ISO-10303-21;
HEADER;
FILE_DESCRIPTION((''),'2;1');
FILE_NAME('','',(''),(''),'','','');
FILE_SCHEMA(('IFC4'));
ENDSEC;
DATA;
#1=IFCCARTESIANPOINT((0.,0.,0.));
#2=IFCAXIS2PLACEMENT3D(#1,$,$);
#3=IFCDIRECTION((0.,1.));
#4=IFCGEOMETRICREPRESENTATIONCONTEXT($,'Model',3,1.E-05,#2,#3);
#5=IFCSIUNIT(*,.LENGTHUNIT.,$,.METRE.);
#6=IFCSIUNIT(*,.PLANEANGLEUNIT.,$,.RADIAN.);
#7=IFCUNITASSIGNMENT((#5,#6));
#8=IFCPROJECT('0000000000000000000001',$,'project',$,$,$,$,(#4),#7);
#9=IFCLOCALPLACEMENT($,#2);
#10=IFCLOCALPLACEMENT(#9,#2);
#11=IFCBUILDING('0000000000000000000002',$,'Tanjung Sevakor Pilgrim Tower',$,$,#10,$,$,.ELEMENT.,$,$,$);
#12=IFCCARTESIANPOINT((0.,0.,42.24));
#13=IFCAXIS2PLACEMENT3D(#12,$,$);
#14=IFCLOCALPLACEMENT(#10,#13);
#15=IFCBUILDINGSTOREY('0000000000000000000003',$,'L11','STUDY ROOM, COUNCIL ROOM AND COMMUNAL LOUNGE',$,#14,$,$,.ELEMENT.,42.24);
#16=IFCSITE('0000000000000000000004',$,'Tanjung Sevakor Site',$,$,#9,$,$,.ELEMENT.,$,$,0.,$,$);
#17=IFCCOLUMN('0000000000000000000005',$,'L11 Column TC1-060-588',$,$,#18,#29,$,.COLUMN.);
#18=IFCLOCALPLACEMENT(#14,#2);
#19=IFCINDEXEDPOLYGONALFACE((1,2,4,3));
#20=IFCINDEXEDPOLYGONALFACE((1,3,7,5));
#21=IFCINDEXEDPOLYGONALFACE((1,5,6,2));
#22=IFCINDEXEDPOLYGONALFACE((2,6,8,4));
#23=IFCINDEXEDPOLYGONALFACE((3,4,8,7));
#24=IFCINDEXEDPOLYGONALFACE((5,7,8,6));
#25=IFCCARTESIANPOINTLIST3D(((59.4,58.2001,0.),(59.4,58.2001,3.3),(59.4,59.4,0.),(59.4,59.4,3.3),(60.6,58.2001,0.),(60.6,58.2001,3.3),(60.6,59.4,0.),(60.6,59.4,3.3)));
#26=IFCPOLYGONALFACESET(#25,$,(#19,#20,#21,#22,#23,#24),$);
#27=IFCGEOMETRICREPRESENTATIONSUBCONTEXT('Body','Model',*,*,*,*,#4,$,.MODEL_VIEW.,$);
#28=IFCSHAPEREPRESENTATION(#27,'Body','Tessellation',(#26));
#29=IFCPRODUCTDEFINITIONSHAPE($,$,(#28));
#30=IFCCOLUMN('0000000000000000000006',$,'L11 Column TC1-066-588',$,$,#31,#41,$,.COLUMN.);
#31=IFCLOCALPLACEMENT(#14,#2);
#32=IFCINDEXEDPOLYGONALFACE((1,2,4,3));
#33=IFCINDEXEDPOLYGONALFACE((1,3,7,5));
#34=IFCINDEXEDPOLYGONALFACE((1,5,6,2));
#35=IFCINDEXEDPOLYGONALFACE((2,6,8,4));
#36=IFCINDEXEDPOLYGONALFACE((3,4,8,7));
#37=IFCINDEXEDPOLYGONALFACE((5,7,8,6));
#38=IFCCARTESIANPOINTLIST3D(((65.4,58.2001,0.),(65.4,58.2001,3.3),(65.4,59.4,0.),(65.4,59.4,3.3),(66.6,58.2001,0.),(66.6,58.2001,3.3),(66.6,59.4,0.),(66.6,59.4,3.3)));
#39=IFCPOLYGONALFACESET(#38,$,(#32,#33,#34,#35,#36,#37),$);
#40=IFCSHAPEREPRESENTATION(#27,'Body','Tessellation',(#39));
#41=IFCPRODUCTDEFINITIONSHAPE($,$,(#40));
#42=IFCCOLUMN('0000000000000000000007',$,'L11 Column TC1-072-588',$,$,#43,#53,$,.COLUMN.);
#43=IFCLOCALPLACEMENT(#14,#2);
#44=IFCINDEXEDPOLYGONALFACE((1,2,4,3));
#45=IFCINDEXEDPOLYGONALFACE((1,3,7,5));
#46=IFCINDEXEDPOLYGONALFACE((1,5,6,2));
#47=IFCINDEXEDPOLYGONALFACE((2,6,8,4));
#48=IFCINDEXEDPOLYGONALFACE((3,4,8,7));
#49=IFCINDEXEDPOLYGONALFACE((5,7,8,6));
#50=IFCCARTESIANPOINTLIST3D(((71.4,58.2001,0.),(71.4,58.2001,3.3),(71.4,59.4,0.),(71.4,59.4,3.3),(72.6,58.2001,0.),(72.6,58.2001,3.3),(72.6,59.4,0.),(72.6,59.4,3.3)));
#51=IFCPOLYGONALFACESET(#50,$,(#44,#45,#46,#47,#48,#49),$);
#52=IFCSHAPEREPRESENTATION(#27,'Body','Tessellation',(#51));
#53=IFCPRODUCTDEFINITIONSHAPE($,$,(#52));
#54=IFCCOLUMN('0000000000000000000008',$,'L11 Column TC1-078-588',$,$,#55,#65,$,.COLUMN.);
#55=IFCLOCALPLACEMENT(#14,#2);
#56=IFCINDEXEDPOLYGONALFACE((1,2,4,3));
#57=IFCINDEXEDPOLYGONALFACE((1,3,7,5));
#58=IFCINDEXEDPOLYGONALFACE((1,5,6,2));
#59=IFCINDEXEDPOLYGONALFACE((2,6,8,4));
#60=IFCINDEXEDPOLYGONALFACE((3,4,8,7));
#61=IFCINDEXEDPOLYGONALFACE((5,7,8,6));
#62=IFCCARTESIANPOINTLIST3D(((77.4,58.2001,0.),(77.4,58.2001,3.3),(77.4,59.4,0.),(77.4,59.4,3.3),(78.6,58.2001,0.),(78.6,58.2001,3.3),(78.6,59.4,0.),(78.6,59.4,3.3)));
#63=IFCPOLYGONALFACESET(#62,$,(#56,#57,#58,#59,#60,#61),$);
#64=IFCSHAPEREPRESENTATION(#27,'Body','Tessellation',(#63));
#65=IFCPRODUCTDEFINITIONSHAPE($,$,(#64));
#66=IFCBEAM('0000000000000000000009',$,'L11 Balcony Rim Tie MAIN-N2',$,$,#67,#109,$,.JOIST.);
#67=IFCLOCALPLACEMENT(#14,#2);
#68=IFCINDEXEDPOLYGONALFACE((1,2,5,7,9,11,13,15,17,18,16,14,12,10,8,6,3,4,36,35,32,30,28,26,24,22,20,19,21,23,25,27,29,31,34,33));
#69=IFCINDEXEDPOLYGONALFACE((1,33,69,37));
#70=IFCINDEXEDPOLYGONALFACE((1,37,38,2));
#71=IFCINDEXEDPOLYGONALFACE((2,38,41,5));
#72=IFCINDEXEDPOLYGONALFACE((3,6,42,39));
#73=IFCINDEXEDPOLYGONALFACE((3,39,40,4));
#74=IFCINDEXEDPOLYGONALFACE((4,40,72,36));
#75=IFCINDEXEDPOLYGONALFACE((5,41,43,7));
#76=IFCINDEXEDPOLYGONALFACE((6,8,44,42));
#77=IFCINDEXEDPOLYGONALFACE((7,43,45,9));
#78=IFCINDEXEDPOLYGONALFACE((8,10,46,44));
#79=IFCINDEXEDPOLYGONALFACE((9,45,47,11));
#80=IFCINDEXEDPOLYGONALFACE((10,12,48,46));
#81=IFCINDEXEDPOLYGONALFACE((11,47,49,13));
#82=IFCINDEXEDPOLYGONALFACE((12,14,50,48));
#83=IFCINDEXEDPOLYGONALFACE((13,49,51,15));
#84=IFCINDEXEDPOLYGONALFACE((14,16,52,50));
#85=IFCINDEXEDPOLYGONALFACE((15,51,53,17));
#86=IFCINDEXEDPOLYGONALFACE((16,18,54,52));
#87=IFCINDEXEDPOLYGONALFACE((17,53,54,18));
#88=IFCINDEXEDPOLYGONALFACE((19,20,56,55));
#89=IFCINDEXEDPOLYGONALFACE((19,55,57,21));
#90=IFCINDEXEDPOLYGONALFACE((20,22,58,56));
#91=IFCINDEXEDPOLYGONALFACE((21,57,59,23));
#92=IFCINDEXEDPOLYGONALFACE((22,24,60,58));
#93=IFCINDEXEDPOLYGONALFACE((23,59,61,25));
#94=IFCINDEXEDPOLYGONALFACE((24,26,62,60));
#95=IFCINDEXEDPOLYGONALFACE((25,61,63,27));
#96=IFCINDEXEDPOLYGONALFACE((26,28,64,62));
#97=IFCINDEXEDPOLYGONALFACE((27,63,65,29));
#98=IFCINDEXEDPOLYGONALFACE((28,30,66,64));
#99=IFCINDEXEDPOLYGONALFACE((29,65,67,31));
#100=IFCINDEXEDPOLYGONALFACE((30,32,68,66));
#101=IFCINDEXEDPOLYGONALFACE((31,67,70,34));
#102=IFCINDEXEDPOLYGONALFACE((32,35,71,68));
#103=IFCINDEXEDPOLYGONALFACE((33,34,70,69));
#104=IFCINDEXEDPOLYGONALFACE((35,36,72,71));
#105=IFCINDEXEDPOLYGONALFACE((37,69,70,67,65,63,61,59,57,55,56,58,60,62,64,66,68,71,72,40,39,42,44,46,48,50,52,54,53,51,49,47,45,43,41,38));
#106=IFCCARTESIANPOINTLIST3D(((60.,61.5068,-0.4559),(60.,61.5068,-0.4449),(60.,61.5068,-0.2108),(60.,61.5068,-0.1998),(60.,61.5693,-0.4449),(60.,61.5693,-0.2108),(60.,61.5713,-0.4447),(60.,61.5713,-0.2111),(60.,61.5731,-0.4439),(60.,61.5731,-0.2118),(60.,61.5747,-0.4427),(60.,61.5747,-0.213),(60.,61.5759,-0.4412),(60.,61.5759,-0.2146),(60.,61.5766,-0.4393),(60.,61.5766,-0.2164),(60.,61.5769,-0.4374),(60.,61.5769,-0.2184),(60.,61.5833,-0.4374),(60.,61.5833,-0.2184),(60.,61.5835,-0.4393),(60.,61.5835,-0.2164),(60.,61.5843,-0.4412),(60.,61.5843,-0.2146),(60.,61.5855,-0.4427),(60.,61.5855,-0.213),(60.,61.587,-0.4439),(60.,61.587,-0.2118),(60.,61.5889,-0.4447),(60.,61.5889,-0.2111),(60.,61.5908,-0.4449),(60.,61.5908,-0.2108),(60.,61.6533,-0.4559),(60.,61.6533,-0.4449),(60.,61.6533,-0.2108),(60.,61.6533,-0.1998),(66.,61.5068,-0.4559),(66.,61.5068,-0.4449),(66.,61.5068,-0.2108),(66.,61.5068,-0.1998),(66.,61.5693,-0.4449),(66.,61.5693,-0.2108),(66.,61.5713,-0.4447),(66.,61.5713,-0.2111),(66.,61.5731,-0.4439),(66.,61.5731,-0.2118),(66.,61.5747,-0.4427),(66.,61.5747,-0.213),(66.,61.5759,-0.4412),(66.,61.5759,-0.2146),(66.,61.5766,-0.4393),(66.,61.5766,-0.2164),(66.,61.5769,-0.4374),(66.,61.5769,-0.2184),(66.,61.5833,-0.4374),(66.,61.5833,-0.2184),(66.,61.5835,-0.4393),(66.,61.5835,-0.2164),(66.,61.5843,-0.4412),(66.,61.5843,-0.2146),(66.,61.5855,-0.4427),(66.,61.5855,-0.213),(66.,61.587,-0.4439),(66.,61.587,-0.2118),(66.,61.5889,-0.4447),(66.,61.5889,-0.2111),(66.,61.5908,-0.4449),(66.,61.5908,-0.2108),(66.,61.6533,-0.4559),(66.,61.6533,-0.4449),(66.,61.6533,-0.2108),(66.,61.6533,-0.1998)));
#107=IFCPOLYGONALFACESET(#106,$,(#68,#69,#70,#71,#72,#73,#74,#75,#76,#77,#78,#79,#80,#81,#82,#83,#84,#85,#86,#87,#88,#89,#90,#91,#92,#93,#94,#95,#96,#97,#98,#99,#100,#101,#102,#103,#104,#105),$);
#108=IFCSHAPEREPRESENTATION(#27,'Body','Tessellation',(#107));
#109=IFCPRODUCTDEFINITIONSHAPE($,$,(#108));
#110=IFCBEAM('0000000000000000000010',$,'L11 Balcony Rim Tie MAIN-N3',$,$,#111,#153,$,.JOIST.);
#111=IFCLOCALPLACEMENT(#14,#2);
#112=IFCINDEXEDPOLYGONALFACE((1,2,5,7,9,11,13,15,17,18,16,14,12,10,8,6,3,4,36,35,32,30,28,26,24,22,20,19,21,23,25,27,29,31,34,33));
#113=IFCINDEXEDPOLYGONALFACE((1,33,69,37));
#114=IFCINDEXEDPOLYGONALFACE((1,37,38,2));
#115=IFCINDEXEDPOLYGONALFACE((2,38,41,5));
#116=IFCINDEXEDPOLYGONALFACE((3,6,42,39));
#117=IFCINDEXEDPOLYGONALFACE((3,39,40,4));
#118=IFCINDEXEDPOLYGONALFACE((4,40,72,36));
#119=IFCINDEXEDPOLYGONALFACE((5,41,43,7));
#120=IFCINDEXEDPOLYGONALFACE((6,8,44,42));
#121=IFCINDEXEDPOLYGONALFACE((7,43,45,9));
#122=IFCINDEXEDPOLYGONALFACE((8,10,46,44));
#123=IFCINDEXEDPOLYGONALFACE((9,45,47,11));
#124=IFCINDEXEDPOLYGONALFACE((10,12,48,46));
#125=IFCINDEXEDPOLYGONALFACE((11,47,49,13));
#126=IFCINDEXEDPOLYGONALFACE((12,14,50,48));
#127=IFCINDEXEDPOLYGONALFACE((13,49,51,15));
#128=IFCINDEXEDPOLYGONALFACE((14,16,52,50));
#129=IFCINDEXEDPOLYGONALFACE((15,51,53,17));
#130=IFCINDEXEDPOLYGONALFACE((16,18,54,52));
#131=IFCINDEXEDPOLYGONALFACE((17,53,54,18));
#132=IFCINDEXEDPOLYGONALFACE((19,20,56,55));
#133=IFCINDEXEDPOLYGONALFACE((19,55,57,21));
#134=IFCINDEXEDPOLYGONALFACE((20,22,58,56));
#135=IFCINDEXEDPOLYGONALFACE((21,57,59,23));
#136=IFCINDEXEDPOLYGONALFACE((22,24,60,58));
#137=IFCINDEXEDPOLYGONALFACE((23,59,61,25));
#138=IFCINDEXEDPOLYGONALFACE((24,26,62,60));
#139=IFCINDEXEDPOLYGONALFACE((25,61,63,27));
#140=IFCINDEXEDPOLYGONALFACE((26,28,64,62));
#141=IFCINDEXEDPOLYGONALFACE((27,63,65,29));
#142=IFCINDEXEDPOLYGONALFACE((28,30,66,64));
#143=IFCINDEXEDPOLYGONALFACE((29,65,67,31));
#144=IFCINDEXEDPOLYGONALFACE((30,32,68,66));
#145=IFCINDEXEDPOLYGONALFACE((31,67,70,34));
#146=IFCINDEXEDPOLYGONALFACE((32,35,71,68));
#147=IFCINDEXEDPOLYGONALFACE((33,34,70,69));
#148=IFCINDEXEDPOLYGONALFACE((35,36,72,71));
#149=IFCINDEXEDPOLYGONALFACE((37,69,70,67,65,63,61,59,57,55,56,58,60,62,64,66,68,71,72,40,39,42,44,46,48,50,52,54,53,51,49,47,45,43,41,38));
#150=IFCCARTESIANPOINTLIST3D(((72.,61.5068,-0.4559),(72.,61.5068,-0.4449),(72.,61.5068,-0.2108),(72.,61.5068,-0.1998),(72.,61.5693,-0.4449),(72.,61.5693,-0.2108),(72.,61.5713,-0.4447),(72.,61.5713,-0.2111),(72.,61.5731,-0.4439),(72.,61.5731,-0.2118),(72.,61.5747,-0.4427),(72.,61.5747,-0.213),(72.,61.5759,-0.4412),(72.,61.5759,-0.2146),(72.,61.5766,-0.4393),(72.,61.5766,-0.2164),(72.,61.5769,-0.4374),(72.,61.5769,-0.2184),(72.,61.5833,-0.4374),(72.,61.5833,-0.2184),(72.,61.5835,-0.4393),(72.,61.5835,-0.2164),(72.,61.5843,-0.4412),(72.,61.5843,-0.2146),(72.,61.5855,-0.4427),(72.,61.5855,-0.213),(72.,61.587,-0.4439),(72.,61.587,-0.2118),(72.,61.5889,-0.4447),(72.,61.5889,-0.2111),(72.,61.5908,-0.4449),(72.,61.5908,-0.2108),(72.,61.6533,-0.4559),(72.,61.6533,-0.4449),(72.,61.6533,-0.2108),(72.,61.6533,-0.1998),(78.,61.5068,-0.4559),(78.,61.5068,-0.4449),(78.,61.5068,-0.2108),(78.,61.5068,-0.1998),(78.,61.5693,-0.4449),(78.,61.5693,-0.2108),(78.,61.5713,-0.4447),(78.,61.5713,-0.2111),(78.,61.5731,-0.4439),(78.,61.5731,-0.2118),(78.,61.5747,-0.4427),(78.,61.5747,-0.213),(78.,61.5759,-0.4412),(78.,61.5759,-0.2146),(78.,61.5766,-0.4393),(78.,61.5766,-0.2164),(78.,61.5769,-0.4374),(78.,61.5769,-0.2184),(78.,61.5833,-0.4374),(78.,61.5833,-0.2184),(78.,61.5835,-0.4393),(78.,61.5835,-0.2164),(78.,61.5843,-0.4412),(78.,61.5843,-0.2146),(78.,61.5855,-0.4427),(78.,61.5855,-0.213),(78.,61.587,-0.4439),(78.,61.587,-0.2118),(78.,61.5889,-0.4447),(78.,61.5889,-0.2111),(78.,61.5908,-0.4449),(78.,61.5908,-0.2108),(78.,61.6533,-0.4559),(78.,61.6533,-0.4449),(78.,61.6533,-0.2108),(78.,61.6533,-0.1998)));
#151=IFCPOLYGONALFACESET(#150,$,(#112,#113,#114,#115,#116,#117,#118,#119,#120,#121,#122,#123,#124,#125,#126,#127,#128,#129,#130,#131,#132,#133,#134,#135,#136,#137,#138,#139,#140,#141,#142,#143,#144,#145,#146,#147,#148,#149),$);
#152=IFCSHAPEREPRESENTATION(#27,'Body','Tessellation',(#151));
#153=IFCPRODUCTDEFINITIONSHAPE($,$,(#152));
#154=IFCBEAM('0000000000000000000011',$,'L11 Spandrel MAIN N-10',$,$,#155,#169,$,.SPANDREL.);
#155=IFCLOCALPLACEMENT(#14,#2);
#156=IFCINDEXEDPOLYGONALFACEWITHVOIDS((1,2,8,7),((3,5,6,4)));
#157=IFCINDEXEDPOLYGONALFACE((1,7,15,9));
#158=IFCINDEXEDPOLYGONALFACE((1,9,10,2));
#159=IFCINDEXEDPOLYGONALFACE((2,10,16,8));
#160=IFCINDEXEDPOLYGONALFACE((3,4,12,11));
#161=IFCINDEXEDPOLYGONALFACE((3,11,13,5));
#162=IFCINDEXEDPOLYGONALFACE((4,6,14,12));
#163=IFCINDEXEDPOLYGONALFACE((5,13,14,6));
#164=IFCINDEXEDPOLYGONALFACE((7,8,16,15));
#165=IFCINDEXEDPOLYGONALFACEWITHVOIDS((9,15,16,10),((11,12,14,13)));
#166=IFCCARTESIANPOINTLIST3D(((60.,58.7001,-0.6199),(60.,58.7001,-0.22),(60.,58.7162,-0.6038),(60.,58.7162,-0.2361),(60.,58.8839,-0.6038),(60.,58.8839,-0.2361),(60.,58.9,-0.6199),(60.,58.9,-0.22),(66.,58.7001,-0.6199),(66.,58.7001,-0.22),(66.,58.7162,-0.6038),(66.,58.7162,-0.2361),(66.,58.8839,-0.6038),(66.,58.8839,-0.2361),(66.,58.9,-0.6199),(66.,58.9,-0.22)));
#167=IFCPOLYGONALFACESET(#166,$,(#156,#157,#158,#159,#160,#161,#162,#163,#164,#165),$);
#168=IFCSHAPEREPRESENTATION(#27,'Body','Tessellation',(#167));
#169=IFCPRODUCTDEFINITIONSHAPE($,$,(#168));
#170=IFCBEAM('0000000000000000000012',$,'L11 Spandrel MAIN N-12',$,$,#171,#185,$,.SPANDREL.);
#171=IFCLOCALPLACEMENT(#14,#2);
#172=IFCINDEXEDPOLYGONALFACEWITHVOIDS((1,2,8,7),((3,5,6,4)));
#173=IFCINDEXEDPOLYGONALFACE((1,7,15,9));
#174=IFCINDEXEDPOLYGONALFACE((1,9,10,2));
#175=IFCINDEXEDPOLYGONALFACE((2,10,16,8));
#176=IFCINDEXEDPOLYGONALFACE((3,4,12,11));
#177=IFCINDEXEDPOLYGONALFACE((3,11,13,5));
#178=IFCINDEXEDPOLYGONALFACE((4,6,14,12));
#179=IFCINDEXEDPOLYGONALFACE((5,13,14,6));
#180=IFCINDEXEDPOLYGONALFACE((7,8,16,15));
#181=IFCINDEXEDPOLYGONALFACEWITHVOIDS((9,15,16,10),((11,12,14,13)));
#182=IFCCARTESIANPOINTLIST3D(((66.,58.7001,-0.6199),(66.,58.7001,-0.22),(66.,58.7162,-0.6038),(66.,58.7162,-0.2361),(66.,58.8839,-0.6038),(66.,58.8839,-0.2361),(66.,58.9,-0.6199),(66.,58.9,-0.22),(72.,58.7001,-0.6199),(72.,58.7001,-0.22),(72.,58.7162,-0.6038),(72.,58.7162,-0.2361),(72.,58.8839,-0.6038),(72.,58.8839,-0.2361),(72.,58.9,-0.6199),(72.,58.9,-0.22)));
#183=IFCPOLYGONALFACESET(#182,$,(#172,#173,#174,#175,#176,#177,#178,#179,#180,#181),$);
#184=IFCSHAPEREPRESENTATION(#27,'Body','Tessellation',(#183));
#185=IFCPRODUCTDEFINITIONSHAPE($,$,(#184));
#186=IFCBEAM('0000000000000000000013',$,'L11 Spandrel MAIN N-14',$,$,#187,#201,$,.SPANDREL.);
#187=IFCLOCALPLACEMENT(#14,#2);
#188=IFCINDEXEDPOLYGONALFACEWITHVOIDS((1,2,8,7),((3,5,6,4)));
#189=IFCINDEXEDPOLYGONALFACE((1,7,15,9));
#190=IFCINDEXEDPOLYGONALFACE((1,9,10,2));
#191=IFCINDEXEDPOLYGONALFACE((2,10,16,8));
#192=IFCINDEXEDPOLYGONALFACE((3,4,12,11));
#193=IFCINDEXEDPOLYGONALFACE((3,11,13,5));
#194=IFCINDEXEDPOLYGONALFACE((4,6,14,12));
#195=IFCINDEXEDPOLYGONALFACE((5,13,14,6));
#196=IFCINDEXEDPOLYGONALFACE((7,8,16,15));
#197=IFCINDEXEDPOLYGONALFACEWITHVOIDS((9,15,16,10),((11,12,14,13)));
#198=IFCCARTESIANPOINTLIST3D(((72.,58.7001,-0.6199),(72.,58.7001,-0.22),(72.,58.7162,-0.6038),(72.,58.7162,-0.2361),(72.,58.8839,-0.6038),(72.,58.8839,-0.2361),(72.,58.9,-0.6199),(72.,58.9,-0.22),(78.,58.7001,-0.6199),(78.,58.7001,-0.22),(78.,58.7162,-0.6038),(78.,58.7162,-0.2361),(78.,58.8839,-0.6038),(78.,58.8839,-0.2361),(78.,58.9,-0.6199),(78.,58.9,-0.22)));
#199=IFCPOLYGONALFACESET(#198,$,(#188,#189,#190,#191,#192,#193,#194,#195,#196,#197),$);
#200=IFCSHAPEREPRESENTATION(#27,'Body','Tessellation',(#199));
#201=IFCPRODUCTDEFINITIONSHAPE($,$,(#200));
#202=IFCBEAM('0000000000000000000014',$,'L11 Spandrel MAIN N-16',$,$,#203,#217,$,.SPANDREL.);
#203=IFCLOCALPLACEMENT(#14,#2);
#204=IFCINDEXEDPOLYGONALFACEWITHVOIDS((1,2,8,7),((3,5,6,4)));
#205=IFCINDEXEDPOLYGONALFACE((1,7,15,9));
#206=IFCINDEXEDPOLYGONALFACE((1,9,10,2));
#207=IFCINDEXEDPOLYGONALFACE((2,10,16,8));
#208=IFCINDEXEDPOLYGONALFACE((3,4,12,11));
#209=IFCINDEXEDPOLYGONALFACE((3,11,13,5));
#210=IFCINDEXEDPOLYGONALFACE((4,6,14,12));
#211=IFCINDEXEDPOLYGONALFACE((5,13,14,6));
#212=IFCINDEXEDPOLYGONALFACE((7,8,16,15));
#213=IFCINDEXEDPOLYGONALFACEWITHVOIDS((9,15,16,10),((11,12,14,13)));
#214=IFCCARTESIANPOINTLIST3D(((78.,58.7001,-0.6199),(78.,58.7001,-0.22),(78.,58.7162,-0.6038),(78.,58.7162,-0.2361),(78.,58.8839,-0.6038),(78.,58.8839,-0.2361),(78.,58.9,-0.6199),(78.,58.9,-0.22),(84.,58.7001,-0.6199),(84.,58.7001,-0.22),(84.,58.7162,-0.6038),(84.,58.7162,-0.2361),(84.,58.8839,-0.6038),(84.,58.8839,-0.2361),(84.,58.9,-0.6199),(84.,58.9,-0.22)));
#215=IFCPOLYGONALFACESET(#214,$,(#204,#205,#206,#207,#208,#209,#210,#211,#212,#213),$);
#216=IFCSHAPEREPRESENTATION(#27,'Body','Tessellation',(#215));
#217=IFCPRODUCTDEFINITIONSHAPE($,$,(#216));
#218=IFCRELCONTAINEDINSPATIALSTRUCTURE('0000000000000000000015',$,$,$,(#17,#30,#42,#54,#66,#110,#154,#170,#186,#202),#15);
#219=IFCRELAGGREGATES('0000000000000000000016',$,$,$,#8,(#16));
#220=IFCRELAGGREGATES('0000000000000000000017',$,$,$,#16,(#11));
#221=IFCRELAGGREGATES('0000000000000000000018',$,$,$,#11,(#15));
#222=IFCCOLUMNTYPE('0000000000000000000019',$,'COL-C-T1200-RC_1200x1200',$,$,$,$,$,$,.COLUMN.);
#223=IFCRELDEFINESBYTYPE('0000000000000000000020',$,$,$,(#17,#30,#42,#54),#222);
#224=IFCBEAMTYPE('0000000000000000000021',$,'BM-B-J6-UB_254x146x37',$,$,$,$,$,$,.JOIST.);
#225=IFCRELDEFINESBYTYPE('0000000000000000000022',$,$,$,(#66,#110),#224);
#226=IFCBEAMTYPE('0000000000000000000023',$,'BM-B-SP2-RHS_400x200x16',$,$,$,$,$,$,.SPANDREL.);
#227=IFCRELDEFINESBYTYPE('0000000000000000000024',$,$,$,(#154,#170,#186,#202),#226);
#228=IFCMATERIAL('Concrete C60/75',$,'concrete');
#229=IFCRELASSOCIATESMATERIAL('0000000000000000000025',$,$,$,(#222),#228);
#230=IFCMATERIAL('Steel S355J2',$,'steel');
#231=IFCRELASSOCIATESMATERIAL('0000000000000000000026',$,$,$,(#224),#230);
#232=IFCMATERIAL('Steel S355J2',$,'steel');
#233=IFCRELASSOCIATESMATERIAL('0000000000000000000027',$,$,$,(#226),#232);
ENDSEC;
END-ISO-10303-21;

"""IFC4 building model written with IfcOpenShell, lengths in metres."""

from ifc_helpers import new_model, si_unit, direction, frame, origin, origin_2d, place, context, subcontext, project, spatial, rectangle, hollow_rectangle, i_section, extrude, material, material_profile, profile_set, type_object, element, save


model = new_model("IFC4")

# Units and contexts
model_context = context("Model", 3, precision=1e-05, world=origin(), true_north=direction((0.0, 1.0)))
body_context = subcontext(model_context, "Body", "Model", "MODEL_VIEW")
ifc_project = project(units=[si_unit("LENGTHUNIT", "METRE"), si_unit("PLANEANGLEUNIT", "RADIAN")], contexts=[model_context])

# Site, building, storey
site_placement = place(None, origin())
site = spatial("IfcSite", under=ifc_project, at=site_placement, Name="Tanjung Sevakor Site", CompositionType="ELEMENT", RefElevation=0.0)
building_placement = place(site_placement, origin())
building = spatial("IfcBuilding", under=site, at=building_placement, Name="Tanjung Sevakor Pilgrim Tower", CompositionType="ELEMENT")
storey_placement = place(building_placement, frame((0.0, 0.0, 42.24)))
storey = spatial("IfcBuildingStorey", under=building, at=storey_placement, Name="L11", Description="STUDY ROOM, COUNCIL ROOM AND COMMUNAL LOUNGE", CompositionType="ELEMENT", Elevation=42.24)

# Columns
ifc_material_1 = material(Name="Concrete C60/75", Category="concrete")
ifc_material_profile_1 = material_profile(ifc_material_1, rectangle(XDim=1.2, YDim=1.2, at=origin_2d()))
ifc_profile_set_1 = profile_set([ifc_material_profile_1], Name="Concrete C60/75")
column_type = type_object("IfcColumnType", Name="COL-C-T1200-RC_1200x1200", PredefinedType="COLUMN", material=ifc_profile_set_1)
for number, where, z_axis, x_axis, name in (
    (1, (60.0, 58.8, 0.0), (0.0, 0.0, 1.0), (1.0, 0.0, 0.0), "L11 Column TC1-060-588"),
    (2, (66.0, 58.8, 0.0), (0.0, 0.0, 1.0), (1.0, 0.0, 0.0), "L11 Column TC1-066-588"),
    (3, (72.0, 58.8, 0.0), (0.0, 0.0, 1.0), (1.0, 0.0, 0.0), "L11 Column TC1-072-588"),
    (4, (78.0, 58.8, 0.0), (0.0, 0.0, 1.0), (1.0, 0.0, 0.0), "L11 Column TC1-078-588"),
):
    element("IfcColumn", number, at=place(storey_placement, frame(where, z_axis=z_axis, x_axis=x_axis)), inside=storey, type_object=column_type, Name=name, PredefinedType="COLUMN", context=body_context, shape_type="SweptSolid", body=[
        extrude(rectangle(XDim=1.2, YDim=1.2, at=origin_2d()), origin(), (0.0, 0.0, 1.0), 3.3),
    ])

# Beams
ifc_material_2 = material(Name="Steel S355J2", Category="steel")
ifc_material_profile_2 = material_profile(ifc_material_2, i_section(OverallWidth=0.1465, OverallDepth=0.2561, WebThickness=0.0063, FlangeThickness=0.011, FilletRadius=0.0076, at=origin_2d()))
ifc_profile_set_2 = profile_set([ifc_material_profile_2], Name="Steel S355J2")
beam_type_1 = type_object("IfcBeamType", Name="BM-B-J6-UB_254x146x37", PredefinedType="JOIST", material=ifc_profile_set_2)
for number, where, z_axis, x_axis, name in (
    (5, (60.0, 61.5801, -0.3279), (1.0, 0.0, 0.0), (0.0, 1.0, 0.0), "L11 Balcony Rim Tie MAIN-N2"),
    (6, (72.0, 61.5801, -0.3279), (1.0, 0.0, 0.0), (0.0, 1.0, 0.0), "L11 Balcony Rim Tie MAIN-N3"),
):
    element("IfcBeam", number, at=place(storey_placement, frame(where, z_axis=z_axis, x_axis=x_axis)), inside=storey, type_object=beam_type_1, Name=name, PredefinedType="JOIST", context=body_context, shape_type="SweptSolid", body=[
        extrude(i_section(OverallWidth=0.1465, OverallDepth=0.2561, WebThickness=0.0063, FlangeThickness=0.011, FilletRadius=0.0076, at=origin_2d()), origin(), (0.0, 0.0, 1.0), 6.0),
    ])
ifc_material_3 = material(Name="Steel S355J2", Category="steel")
ifc_material_profile_3 = material_profile(ifc_material_3, hollow_rectangle(XDim=0.2, YDim=0.3999, WallThickness=0.0161, at=origin_2d()))
ifc_profile_set_3 = profile_set([ifc_material_profile_3], Name="Steel S355J2")
beam_type_2 = type_object("IfcBeamType", Name="BM-B-SP2-RHS_400x200x16", PredefinedType="SPANDREL", material=ifc_profile_set_3)
for number, where, z_axis, x_axis, name in (
    (7, (60.0, 58.8, -0.4199), (1.0, 0.0, 0.0), (0.0, 1.0, 0.0), "L11 Spandrel MAIN N-10"),
    (8, (66.0, 58.8, -0.4199), (1.0, 0.0, 0.0), (0.0, 1.0, 0.0), "L11 Spandrel MAIN N-12"),
    (9, (72.0, 58.8, -0.4199), (1.0, 0.0, 0.0), (0.0, 1.0, 0.0), "L11 Spandrel MAIN N-14"),
    (10, (78.0, 58.8, -0.4199), (1.0, 0.0, 0.0), (0.0, 1.0, 0.0), "L11 Spandrel MAIN N-16"),
):
    element("IfcBeam", number, at=place(storey_placement, frame(where, z_axis=z_axis, x_axis=x_axis)), inside=storey, type_object=beam_type_2, Name=name, PredefinedType="SPANDREL", context=body_context, shape_type="SweptSolid", body=[
        extrude(hollow_rectangle(XDim=0.2, YDim=0.3999, WallThickness=0.0161, at=origin_2d()), origin(), (0.0, 0.0, 1.0), 6.0),
    ])

save(model, "model.ifc")
